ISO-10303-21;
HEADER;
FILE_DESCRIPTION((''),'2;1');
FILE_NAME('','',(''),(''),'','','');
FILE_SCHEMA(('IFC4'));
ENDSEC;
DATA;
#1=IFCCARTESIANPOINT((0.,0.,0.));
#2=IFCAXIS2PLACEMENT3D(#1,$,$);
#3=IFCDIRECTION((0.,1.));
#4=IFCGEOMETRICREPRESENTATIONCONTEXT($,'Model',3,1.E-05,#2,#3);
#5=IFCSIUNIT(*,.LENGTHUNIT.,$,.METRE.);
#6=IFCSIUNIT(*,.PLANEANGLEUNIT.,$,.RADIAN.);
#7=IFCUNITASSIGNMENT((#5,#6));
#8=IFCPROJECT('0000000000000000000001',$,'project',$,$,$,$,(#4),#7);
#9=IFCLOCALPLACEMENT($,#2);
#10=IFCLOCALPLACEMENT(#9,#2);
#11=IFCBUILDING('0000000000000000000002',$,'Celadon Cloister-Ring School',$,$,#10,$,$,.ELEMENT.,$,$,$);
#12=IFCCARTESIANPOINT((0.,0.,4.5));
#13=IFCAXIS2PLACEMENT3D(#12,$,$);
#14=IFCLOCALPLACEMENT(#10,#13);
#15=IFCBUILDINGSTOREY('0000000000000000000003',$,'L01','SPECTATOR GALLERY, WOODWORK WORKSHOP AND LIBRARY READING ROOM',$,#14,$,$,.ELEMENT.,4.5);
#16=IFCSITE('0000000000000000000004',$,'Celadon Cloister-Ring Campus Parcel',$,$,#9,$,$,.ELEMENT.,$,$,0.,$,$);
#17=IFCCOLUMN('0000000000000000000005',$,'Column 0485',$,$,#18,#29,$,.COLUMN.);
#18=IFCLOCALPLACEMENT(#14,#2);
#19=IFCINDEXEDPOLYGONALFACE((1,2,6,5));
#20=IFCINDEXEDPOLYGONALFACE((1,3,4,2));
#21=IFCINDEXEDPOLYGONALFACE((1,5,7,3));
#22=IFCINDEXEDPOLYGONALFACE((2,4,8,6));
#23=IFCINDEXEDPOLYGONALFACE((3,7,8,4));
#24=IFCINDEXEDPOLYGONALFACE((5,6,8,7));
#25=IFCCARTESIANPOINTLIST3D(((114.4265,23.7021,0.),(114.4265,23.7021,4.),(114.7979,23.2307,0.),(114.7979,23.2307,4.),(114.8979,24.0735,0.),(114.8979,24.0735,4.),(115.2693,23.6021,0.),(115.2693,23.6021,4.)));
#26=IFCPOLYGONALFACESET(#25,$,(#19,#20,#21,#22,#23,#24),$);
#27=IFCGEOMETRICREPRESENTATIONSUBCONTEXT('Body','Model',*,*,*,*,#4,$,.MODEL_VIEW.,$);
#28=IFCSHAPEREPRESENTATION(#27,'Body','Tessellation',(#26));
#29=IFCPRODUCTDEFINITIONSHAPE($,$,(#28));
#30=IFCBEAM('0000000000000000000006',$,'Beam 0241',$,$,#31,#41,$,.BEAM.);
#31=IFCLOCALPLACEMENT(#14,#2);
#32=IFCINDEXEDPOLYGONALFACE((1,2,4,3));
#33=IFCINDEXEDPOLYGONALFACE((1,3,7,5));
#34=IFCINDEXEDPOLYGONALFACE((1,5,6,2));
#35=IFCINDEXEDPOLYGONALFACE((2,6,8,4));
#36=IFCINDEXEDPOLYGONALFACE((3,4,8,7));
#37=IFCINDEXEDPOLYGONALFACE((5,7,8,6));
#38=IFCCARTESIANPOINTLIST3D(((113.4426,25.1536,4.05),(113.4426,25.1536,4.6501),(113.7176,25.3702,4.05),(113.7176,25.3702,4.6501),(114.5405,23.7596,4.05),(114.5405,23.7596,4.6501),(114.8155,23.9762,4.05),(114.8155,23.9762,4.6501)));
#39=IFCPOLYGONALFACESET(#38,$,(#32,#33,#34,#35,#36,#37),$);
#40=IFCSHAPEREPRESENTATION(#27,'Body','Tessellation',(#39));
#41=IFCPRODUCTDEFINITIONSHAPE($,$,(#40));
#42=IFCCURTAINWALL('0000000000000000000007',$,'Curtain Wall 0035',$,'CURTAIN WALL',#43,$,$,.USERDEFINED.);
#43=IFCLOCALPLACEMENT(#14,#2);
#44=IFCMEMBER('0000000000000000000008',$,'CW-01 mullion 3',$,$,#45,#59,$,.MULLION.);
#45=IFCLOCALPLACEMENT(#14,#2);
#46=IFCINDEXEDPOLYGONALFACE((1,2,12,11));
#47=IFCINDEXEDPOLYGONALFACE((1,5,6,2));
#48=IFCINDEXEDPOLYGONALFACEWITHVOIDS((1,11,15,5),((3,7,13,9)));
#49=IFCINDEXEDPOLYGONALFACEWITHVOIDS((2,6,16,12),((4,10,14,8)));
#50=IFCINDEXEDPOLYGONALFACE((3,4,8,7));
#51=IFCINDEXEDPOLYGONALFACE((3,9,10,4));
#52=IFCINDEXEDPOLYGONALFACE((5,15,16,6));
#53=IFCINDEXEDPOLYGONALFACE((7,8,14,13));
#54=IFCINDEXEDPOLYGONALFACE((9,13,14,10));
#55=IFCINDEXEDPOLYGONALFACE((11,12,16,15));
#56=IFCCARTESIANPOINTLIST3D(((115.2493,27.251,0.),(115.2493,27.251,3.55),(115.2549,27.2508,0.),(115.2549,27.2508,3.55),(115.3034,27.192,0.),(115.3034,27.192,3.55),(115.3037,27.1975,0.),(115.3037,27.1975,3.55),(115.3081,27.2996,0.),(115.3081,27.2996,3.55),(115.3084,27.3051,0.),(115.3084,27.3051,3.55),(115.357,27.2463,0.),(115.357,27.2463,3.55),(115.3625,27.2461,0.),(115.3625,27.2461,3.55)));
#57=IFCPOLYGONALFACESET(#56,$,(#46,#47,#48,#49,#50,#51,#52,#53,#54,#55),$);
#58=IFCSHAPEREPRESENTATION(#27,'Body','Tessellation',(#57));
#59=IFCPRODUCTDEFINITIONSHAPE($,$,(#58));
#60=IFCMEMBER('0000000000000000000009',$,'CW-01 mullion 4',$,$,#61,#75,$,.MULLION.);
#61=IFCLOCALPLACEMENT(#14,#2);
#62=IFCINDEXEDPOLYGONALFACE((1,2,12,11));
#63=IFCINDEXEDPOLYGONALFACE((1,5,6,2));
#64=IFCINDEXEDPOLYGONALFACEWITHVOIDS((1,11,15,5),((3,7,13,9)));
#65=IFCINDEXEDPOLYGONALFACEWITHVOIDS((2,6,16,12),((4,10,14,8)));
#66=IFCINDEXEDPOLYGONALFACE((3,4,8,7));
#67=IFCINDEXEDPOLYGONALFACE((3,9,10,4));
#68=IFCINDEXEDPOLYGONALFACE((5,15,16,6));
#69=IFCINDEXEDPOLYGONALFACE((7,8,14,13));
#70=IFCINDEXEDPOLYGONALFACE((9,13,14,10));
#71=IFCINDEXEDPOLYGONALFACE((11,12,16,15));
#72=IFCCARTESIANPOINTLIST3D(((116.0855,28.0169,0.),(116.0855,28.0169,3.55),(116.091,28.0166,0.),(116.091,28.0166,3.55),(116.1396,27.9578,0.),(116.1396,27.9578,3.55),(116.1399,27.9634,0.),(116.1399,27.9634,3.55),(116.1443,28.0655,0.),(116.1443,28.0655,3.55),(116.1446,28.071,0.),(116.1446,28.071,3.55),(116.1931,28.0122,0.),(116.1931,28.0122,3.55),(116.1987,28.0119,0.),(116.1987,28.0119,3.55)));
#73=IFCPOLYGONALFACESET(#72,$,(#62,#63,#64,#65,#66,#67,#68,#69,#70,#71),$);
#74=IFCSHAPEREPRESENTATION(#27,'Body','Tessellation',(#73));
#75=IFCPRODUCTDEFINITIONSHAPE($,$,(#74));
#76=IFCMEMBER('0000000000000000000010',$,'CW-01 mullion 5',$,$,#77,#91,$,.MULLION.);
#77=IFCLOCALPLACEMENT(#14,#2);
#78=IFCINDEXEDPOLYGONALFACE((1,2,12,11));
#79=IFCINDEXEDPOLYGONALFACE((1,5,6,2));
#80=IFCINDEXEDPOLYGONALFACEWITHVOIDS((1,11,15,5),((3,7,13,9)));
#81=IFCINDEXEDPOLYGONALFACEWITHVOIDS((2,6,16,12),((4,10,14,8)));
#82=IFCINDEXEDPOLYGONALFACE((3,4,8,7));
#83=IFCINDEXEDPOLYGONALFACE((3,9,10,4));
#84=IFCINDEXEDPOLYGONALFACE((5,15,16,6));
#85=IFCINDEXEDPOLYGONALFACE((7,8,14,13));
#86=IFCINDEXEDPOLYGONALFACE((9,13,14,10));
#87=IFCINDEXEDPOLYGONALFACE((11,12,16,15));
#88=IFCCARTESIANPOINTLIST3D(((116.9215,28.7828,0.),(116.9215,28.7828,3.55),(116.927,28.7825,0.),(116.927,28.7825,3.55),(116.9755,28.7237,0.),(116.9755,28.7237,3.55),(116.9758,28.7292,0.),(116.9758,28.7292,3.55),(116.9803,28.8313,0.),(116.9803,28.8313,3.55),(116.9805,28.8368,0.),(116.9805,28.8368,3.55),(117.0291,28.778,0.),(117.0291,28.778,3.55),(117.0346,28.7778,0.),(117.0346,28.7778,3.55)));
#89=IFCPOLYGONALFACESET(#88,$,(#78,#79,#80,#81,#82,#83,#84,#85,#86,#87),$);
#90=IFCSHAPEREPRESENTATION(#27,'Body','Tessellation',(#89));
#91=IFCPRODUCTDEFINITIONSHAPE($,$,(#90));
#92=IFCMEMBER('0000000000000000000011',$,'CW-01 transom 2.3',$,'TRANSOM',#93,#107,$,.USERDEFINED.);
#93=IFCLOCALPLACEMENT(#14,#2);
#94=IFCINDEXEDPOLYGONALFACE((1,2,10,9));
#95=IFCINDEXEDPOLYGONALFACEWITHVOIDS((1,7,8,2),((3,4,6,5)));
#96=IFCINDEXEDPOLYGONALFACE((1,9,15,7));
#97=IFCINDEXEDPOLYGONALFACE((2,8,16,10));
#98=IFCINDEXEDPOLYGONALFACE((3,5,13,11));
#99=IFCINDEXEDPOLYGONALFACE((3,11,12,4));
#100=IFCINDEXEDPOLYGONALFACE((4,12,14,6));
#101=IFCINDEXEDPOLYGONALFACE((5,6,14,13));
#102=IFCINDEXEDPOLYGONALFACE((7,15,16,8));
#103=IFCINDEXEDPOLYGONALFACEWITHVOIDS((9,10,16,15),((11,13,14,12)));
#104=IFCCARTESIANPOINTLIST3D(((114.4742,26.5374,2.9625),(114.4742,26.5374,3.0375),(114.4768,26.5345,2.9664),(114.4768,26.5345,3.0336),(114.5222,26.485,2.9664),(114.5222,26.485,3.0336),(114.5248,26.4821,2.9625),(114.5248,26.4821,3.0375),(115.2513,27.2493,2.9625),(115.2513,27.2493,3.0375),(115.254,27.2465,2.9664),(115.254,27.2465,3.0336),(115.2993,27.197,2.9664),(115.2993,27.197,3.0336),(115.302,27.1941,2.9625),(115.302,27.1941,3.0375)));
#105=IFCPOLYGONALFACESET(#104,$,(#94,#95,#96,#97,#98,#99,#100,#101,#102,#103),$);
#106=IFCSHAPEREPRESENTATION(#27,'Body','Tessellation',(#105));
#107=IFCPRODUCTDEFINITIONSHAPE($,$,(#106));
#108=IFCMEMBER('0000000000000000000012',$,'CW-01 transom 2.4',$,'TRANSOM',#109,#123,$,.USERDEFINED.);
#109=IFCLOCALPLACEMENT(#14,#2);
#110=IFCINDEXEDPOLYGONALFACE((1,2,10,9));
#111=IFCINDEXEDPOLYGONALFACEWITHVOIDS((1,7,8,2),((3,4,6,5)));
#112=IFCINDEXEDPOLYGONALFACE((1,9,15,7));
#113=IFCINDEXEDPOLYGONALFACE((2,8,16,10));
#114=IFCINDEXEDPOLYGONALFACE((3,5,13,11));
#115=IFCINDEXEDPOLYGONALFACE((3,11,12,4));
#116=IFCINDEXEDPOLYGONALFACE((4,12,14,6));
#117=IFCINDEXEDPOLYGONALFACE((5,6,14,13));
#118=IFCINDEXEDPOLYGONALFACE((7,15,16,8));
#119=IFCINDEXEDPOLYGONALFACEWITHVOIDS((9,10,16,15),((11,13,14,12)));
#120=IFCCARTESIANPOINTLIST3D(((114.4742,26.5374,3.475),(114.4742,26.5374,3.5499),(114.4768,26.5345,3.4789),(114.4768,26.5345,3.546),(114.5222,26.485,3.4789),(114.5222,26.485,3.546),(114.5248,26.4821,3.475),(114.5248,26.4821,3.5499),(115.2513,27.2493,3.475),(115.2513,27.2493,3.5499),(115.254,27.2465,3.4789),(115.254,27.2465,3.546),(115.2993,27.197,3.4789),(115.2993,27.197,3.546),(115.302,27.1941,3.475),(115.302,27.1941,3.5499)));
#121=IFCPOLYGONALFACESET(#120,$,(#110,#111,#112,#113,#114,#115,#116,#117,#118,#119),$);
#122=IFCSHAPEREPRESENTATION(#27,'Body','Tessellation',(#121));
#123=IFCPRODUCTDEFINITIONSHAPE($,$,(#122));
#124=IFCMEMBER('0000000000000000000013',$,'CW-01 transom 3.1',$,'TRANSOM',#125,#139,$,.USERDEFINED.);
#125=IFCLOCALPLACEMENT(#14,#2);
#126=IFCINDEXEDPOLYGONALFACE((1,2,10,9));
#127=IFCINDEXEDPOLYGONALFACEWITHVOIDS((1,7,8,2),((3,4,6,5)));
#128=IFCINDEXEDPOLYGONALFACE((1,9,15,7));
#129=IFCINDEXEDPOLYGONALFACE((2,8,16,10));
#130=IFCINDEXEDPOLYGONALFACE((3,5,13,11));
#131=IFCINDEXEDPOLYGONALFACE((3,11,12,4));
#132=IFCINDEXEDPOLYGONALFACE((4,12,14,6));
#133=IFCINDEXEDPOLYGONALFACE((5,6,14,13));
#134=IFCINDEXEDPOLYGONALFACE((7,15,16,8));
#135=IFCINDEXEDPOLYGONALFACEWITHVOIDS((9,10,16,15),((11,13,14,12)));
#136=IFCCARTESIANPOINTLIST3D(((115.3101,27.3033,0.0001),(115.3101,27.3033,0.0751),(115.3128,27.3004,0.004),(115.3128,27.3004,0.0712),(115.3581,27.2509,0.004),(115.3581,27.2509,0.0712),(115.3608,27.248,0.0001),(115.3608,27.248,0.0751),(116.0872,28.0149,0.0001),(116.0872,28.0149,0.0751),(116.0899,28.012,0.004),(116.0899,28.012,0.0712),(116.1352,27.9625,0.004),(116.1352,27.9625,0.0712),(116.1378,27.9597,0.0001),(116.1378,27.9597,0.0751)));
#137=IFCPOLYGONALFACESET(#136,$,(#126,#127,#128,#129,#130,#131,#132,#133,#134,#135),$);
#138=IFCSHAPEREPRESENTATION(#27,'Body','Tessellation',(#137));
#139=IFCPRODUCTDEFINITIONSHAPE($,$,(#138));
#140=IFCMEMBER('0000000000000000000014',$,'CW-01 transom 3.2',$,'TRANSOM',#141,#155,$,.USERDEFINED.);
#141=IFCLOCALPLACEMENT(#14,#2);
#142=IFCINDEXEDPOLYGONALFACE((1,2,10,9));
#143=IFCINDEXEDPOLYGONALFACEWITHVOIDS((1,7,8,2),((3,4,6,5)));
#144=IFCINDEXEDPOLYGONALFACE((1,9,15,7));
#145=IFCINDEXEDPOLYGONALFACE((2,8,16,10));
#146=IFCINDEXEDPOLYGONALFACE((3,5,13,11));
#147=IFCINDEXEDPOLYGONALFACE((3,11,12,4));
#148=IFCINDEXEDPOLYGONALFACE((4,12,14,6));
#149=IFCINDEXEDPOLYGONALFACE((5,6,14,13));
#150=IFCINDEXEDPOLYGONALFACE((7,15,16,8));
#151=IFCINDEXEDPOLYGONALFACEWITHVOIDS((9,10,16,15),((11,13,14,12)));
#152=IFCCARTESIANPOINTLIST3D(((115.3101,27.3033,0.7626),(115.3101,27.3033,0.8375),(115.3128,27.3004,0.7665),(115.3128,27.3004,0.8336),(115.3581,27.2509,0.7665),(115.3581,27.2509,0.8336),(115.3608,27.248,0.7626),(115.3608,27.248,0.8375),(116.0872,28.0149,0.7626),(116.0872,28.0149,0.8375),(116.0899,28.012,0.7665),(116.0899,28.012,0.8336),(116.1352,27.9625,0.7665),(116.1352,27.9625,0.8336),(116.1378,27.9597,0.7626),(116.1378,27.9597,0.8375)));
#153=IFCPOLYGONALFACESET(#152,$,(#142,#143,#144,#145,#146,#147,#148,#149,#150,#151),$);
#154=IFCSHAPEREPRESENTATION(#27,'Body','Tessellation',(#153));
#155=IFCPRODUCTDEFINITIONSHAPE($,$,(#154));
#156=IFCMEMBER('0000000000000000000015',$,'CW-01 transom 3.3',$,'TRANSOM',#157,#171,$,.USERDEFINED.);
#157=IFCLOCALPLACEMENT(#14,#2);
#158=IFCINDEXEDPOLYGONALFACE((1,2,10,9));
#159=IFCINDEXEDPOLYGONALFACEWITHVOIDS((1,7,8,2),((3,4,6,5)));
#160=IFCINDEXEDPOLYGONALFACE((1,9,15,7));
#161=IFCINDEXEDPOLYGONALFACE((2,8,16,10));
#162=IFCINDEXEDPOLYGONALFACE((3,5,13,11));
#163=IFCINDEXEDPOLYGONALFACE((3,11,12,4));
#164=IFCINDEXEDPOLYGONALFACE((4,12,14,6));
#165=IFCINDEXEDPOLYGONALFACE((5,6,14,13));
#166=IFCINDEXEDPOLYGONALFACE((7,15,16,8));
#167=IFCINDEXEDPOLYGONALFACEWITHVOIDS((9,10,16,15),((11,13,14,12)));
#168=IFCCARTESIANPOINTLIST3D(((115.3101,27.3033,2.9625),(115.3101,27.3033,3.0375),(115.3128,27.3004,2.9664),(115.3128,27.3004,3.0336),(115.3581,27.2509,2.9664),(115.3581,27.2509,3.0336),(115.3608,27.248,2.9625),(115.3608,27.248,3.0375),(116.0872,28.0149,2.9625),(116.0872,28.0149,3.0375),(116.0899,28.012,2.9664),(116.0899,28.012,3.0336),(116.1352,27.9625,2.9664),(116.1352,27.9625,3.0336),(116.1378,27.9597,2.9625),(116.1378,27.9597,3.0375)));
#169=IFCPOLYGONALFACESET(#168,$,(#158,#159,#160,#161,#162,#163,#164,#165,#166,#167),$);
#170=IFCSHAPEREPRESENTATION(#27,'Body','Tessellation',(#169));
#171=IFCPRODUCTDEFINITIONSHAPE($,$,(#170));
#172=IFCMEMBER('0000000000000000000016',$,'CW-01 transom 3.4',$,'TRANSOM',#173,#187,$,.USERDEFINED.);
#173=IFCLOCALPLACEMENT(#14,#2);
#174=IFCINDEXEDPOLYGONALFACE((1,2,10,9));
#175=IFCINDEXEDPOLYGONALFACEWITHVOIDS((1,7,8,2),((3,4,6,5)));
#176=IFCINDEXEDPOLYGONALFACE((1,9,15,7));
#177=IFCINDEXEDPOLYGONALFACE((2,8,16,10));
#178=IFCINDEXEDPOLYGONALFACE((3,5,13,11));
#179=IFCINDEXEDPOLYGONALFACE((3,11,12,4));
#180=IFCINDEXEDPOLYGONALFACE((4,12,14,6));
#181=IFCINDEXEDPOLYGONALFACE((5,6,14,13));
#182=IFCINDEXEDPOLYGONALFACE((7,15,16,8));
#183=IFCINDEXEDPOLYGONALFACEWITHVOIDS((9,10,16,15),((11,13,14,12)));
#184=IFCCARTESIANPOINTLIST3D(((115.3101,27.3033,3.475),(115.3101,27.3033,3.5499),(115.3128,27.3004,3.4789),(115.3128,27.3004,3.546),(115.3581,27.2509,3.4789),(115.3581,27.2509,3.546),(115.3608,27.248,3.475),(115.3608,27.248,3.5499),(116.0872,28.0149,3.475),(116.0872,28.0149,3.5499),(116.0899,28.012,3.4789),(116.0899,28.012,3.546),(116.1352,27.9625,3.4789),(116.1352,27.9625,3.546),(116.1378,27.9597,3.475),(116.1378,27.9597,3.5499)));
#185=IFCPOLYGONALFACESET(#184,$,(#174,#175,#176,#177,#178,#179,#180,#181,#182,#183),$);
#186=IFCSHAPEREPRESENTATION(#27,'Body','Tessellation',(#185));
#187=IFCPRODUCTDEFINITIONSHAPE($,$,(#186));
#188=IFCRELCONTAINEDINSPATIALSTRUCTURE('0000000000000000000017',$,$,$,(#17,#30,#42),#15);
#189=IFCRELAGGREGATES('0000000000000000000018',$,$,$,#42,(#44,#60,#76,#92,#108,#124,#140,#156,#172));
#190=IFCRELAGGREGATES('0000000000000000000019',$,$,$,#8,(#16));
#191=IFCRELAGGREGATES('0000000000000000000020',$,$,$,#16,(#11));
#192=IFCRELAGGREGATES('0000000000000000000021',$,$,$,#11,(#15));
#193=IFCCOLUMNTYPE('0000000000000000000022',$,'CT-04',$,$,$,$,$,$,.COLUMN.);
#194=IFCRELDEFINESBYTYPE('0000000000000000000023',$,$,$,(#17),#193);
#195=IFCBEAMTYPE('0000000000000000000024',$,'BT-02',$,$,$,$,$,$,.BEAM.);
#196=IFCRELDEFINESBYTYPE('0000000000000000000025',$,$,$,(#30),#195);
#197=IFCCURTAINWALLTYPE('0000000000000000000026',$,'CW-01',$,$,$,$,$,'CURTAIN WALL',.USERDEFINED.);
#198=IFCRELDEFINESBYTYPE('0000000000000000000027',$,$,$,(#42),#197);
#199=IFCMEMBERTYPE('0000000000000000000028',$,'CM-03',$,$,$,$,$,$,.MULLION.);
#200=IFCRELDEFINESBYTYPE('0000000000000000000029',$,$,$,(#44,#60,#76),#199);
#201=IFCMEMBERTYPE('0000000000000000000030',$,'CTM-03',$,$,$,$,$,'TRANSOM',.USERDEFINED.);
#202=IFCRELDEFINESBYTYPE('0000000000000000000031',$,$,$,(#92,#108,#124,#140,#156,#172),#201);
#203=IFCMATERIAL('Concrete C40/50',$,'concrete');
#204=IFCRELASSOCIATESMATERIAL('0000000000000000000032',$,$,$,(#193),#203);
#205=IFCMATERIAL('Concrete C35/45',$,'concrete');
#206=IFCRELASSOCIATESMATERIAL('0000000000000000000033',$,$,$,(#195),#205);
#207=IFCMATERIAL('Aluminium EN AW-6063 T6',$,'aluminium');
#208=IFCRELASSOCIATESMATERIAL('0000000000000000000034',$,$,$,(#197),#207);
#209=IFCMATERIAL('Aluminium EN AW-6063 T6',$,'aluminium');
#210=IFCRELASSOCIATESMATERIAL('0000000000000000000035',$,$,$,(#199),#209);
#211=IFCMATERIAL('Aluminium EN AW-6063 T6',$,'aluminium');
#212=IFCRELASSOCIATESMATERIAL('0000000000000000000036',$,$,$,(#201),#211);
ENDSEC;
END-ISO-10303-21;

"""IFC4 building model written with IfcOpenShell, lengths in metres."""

from ifc_helpers import new_model, si_unit, direction, frame, origin, origin_2d, place, context, subcontext, project, spatial, rectangle, hollow_rectangle, extrude, material, material_profile, profile_set, type_object, element, aggregate, save


model = new_model("IFC4")

# Units and contexts
model_context = context("Model", 3, precision=1e-05, world=origin(), true_north=direction((0.0, 1.0)))
body_context = subcontext(model_context, "Body", "Model", "MODEL_VIEW")
ifc_project = project(units=[si_unit("LENGTHUNIT", "METRE"), si_unit("PLANEANGLEUNIT", "RADIAN")], contexts=[model_context])

# Site, building, storey
site_placement = place(None, origin())
site = spatial("IfcSite", under=ifc_project, at=site_placement, Name="Celadon Cloister-Ring Campus Parcel", CompositionType="ELEMENT", RefElevation=0.0)
building_placement = place(site_placement, origin())
building = spatial("IfcBuilding", under=site, at=building_placement, Name="Celadon Cloister-Ring School", CompositionType="ELEMENT")
storey_placement = place(building_placement, frame((0.0, 0.0, 4.5)))
storey = spatial("IfcBuildingStorey", under=building, at=storey_placement, Name="L01", Description="SPECTATOR GALLERY, WOODWORK WORKSHOP AND LIBRARY READING ROOM", CompositionType="ELEMENT", Elevation=4.5)

# Column
ifc_material_1 = material(Name="Concrete C40/50", Category="concrete")
ifc_material_profile_1 = material_profile(ifc_material_1, rectangle(XDim=0.6001, YDim=0.6001, at=origin_2d()), Name="RC600X600")
ifc_profile_set_1 = profile_set([ifc_material_profile_1], Name="Concrete C40/50")
column_type = type_object("IfcColumnType", Name="CT-04", PredefinedType="COLUMN", material=ifc_profile_set_1)
column_placement = place(storey_placement, frame((114.8479, 23.6521, 0.0), z_axis=(0.0, 0.0, 1.0), x_axis=(0.618847, -0.785511, 0.0)))
element("IfcColumn", 1, at=column_placement, inside=storey, type_object=column_type, Name="Column 0485", PredefinedType="COLUMN", context=body_context, shape_type="SweptSolid", body=[
    extrude(rectangle(XDim=0.6001, YDim=0.6001, at=origin_2d()), origin(), (0.0, 0.0, 1.0), 4.0),
])

# Beam
ifc_material_2 = material(Name="Concrete C35/45", Category="concrete")
ifc_material_profile_2 = material_profile(ifc_material_2, rectangle(XDim=0.3501, YDim=0.6001, at=origin_2d()), Name="RC350X600")
ifc_profile_set_2 = profile_set([ifc_material_profile_2], Name="Concrete C35/45")
beam_type_1 = type_object("IfcBeamType", Name="BT-02", PredefinedType="BEAM", material=ifc_profile_set_2)
beam_1_placement = place(storey_placement, frame((114.678, 23.8679, 4.3501), z_axis=(-0.61872, 0.785611, 0.0), x_axis=(-0.785611, -0.61872, 0.0)))
element("IfcBeam", 2, at=beam_1_placement, inside=storey, type_object=beam_type_1, Name="Beam 0241", PredefinedType="BEAM", context=body_context, shape_type="SweptSolid", body=[
    extrude(rectangle(XDim=0.3501, YDim=0.6001, at=origin_2d()), origin(), (0.0, 0.0, 1.0), 1.7744),
])

# Curtain wall, members
ifc_material_3 = material(Name="Aluminium EN AW-6063 T6", Category="aluminium")
curtain_wall_type = type_object("IfcCurtainWallType", Name="CW-01", ElementType="CURTAIN WALL", PredefinedType="USERDEFINED", material=ifc_material_3)
curtain_wall_placement = place(storey_placement, origin())
curtain_wall = element("IfcCurtainWall", 3, at=curtain_wall_placement, inside=storey, type_object=curtain_wall_type, Name="Curtain Wall 0035", ObjectType="CURTAIN WALL", PredefinedType="USERDEFINED")
ifc_material_4 = material(Name="Aluminium EN AW-6063 T6", Category="aluminium")
ifc_material_profile_3 = material_profile(ifc_material_4, hollow_rectangle(XDim=0.0801, YDim=0.0801, WallThickness=0.0039, at=origin_2d()), Name="RHS80X80X4")
ifc_profile_set_3 = profile_set([ifc_material_profile_3], Name="Aluminium EN AW-6063 T6")
member_type_1 = type_object("IfcMemberType", Name="CM-03", PredefinedType="MULLION", material=ifc_profile_set_3)
member_1_placement = place(storey_placement, frame((115.3059, 27.2485, 0.0), z_axis=(0.0, 0.0, 1.0), x_axis=(-0.675469, 0.737388, 0.0)))
member_1 = element("IfcMember", 4, at=member_1_placement, type_object=member_type_1, Name="CW-01 mullion 3", PredefinedType="MULLION", context=body_context, shape_type="SweptSolid", body=[
    extrude(hollow_rectangle(XDim=0.0801, YDim=0.0801, WallThickness=0.0039, at=origin_2d()), origin(), (0.0, 0.0, 1.0), 3.55),
])
member_2_placement = place(storey_placement, frame((116.1421, 28.0144, 0.0), z_axis=(0.0, 0.0, 1.0), x_axis=(-0.675469, 0.737388, 0.0)))
member_2 = element("IfcMember", 5, at=member_2_placement, type_object=member_type_1, Name="CW-01 mullion 4", PredefinedType="MULLION", context=body_context, shape_type="SweptSolid", body=[
    extrude(hollow_rectangle(XDim=0.0801, YDim=0.0801, WallThickness=0.0039, at=origin_2d()), origin(), (0.0, 0.0, 1.0), 3.55),
])
member_3_placement = place(storey_placement, frame((116.978, 28.7803, 0.0), z_axis=(0.0, 0.0, 1.0), x_axis=(-0.675469, 0.737388, 0.0)))
member_3 = element("IfcMember", 6, at=member_3_placement, type_object=member_type_1, Name="CW-01 mullion 5", PredefinedType="MULLION", context=body_context, shape_type="SweptSolid", body=[
    extrude(hollow_rectangle(XDim=0.0801, YDim=0.0801, WallThickness=0.0039, at=origin_2d()), origin(), (0.0, 0.0, 1.0), 3.55),
])
ifc_material_5 = material(Name="Aluminium EN AW-6063 T6", Category="aluminium")
ifc_material_profile_4 = material_profile(ifc_material_5, hollow_rectangle(XDim=0.075, YDim=0.075, WallThickness=0.0039, at=origin_2d()), Name="RHS75X75X4")
ifc_profile_set_4 = profile_set([ifc_material_profile_4], Name="Aluminium EN AW-6063 T6")
member_type_2 = type_object("IfcMemberType", Name="CTM-03", ElementType="TRANSOM", PredefinedType="USERDEFINED", material=ifc_profile_set_4)
member_4_placement = place(storey_placement, frame((114.4995, 26.5098, 3.0), z_axis=(0.737356, 0.675504, 0.0), x_axis=(-0.675504, 0.737356, 0.0)))
member_4 = element("IfcMember", 7, at=member_4_placement, type_object=member_type_2, Name="CW-01 transom 2.3", ObjectType="TRANSOM", PredefinedType="USERDEFINED", context=body_context, shape_type="SweptSolid", body=[
    extrude(hollow_rectangle(XDim=0.075, YDim=0.075, WallThickness=0.0039, at=origin_2d()), origin(), (0.0, 0.0, 1.0), 1.054),
])
member_5_placement = place(storey_placement, frame((114.4995, 26.5098, 3.5125), z_axis=(0.737356, 0.675504, 0.0), x_axis=(-0.675504, 0.737356, 0.0)))
member_5 = element("IfcMember", 8, at=member_5_placement, type_object=member_type_2, Name="CW-01 transom 2.4", ObjectType="TRANSOM", PredefinedType="USERDEFINED", context=body_context, shape_type="SweptSolid", body=[
    extrude(hollow_rectangle(XDim=0.075, YDim=0.075, WallThickness=0.0039, at=origin_2d()), origin(), (0.0, 0.0, 1.0), 1.054),
])
member_6_placement = place(storey_placement, frame((115.3354, 27.2756, 0.0376), z_axis=(0.737471, 0.675378, 0.0), x_axis=(-0.675378, 0.737471, 0.0)))
member_6 = element("IfcMember", 9, at=member_6_placement, type_object=member_type_2, Name="CW-01 transom 3.1", ObjectType="TRANSOM", PredefinedType="USERDEFINED", context=body_context, shape_type="SweptSolid", body=[
    extrude(hollow_rectangle(XDim=0.075, YDim=0.075, WallThickness=0.0039, at=origin_2d()), origin(), (0.0, 0.0, 1.0), 1.0537),
])
member_7_placement = place(storey_placement, frame((115.3354, 27.2756, 0.8), z_axis=(0.737471, 0.675378, 0.0), x_axis=(-0.675378, 0.737471, 0.0)))
member_7 = element("IfcMember", 10, at=member_7_placement, type_object=member_type_2, Name="CW-01 transom 3.2", ObjectType="TRANSOM", PredefinedType="USERDEFINED", context=body_context, shape_type="SweptSolid", body=[
    extrude(hollow_rectangle(XDim=0.075, YDim=0.075, WallThickness=0.0039, at=origin_2d()), origin(), (0.0, 0.0, 1.0), 1.0537),
])
member_8_placement = place(storey_placement, frame((115.3354, 27.2756, 3.0), z_axis=(0.737471, 0.675378, 0.0), x_axis=(-0.675378, 0.737471, 0.0)))
member_8 = element("IfcMember", 11, at=member_8_placement, type_object=member_type_2, Name="CW-01 transom 3.3", ObjectType="TRANSOM", PredefinedType="USERDEFINED", context=body_context, shape_type="SweptSolid", body=[
    extrude(hollow_rectangle(XDim=0.075, YDim=0.075, WallThickness=0.0039, at=origin_2d()), origin(), (0.0, 0.0, 1.0), 1.0537),
])
member_9_placement = place(storey_placement, frame((115.3354, 27.2756, 3.5125), z_axis=(0.737471, 0.675378, 0.0), x_axis=(-0.675378, 0.737471, 0.0)))
member_9 = element("IfcMember", 12, at=member_9_placement, type_object=member_type_2, Name="CW-01 transom 3.4", ObjectType="TRANSOM", PredefinedType="USERDEFINED", context=body_context, shape_type="SweptSolid", body=[
    extrude(hollow_rectangle(XDim=0.075, YDim=0.075, WallThickness=0.0039, at=origin_2d()), origin(), (0.0, 0.0, 1.0), 1.0537),
])

aggregate(curtain_wall, [member_1, member_2, member_3, member_4, member_5, member_6, member_7, member_8, member_9])

save(model, "model.ifc")
